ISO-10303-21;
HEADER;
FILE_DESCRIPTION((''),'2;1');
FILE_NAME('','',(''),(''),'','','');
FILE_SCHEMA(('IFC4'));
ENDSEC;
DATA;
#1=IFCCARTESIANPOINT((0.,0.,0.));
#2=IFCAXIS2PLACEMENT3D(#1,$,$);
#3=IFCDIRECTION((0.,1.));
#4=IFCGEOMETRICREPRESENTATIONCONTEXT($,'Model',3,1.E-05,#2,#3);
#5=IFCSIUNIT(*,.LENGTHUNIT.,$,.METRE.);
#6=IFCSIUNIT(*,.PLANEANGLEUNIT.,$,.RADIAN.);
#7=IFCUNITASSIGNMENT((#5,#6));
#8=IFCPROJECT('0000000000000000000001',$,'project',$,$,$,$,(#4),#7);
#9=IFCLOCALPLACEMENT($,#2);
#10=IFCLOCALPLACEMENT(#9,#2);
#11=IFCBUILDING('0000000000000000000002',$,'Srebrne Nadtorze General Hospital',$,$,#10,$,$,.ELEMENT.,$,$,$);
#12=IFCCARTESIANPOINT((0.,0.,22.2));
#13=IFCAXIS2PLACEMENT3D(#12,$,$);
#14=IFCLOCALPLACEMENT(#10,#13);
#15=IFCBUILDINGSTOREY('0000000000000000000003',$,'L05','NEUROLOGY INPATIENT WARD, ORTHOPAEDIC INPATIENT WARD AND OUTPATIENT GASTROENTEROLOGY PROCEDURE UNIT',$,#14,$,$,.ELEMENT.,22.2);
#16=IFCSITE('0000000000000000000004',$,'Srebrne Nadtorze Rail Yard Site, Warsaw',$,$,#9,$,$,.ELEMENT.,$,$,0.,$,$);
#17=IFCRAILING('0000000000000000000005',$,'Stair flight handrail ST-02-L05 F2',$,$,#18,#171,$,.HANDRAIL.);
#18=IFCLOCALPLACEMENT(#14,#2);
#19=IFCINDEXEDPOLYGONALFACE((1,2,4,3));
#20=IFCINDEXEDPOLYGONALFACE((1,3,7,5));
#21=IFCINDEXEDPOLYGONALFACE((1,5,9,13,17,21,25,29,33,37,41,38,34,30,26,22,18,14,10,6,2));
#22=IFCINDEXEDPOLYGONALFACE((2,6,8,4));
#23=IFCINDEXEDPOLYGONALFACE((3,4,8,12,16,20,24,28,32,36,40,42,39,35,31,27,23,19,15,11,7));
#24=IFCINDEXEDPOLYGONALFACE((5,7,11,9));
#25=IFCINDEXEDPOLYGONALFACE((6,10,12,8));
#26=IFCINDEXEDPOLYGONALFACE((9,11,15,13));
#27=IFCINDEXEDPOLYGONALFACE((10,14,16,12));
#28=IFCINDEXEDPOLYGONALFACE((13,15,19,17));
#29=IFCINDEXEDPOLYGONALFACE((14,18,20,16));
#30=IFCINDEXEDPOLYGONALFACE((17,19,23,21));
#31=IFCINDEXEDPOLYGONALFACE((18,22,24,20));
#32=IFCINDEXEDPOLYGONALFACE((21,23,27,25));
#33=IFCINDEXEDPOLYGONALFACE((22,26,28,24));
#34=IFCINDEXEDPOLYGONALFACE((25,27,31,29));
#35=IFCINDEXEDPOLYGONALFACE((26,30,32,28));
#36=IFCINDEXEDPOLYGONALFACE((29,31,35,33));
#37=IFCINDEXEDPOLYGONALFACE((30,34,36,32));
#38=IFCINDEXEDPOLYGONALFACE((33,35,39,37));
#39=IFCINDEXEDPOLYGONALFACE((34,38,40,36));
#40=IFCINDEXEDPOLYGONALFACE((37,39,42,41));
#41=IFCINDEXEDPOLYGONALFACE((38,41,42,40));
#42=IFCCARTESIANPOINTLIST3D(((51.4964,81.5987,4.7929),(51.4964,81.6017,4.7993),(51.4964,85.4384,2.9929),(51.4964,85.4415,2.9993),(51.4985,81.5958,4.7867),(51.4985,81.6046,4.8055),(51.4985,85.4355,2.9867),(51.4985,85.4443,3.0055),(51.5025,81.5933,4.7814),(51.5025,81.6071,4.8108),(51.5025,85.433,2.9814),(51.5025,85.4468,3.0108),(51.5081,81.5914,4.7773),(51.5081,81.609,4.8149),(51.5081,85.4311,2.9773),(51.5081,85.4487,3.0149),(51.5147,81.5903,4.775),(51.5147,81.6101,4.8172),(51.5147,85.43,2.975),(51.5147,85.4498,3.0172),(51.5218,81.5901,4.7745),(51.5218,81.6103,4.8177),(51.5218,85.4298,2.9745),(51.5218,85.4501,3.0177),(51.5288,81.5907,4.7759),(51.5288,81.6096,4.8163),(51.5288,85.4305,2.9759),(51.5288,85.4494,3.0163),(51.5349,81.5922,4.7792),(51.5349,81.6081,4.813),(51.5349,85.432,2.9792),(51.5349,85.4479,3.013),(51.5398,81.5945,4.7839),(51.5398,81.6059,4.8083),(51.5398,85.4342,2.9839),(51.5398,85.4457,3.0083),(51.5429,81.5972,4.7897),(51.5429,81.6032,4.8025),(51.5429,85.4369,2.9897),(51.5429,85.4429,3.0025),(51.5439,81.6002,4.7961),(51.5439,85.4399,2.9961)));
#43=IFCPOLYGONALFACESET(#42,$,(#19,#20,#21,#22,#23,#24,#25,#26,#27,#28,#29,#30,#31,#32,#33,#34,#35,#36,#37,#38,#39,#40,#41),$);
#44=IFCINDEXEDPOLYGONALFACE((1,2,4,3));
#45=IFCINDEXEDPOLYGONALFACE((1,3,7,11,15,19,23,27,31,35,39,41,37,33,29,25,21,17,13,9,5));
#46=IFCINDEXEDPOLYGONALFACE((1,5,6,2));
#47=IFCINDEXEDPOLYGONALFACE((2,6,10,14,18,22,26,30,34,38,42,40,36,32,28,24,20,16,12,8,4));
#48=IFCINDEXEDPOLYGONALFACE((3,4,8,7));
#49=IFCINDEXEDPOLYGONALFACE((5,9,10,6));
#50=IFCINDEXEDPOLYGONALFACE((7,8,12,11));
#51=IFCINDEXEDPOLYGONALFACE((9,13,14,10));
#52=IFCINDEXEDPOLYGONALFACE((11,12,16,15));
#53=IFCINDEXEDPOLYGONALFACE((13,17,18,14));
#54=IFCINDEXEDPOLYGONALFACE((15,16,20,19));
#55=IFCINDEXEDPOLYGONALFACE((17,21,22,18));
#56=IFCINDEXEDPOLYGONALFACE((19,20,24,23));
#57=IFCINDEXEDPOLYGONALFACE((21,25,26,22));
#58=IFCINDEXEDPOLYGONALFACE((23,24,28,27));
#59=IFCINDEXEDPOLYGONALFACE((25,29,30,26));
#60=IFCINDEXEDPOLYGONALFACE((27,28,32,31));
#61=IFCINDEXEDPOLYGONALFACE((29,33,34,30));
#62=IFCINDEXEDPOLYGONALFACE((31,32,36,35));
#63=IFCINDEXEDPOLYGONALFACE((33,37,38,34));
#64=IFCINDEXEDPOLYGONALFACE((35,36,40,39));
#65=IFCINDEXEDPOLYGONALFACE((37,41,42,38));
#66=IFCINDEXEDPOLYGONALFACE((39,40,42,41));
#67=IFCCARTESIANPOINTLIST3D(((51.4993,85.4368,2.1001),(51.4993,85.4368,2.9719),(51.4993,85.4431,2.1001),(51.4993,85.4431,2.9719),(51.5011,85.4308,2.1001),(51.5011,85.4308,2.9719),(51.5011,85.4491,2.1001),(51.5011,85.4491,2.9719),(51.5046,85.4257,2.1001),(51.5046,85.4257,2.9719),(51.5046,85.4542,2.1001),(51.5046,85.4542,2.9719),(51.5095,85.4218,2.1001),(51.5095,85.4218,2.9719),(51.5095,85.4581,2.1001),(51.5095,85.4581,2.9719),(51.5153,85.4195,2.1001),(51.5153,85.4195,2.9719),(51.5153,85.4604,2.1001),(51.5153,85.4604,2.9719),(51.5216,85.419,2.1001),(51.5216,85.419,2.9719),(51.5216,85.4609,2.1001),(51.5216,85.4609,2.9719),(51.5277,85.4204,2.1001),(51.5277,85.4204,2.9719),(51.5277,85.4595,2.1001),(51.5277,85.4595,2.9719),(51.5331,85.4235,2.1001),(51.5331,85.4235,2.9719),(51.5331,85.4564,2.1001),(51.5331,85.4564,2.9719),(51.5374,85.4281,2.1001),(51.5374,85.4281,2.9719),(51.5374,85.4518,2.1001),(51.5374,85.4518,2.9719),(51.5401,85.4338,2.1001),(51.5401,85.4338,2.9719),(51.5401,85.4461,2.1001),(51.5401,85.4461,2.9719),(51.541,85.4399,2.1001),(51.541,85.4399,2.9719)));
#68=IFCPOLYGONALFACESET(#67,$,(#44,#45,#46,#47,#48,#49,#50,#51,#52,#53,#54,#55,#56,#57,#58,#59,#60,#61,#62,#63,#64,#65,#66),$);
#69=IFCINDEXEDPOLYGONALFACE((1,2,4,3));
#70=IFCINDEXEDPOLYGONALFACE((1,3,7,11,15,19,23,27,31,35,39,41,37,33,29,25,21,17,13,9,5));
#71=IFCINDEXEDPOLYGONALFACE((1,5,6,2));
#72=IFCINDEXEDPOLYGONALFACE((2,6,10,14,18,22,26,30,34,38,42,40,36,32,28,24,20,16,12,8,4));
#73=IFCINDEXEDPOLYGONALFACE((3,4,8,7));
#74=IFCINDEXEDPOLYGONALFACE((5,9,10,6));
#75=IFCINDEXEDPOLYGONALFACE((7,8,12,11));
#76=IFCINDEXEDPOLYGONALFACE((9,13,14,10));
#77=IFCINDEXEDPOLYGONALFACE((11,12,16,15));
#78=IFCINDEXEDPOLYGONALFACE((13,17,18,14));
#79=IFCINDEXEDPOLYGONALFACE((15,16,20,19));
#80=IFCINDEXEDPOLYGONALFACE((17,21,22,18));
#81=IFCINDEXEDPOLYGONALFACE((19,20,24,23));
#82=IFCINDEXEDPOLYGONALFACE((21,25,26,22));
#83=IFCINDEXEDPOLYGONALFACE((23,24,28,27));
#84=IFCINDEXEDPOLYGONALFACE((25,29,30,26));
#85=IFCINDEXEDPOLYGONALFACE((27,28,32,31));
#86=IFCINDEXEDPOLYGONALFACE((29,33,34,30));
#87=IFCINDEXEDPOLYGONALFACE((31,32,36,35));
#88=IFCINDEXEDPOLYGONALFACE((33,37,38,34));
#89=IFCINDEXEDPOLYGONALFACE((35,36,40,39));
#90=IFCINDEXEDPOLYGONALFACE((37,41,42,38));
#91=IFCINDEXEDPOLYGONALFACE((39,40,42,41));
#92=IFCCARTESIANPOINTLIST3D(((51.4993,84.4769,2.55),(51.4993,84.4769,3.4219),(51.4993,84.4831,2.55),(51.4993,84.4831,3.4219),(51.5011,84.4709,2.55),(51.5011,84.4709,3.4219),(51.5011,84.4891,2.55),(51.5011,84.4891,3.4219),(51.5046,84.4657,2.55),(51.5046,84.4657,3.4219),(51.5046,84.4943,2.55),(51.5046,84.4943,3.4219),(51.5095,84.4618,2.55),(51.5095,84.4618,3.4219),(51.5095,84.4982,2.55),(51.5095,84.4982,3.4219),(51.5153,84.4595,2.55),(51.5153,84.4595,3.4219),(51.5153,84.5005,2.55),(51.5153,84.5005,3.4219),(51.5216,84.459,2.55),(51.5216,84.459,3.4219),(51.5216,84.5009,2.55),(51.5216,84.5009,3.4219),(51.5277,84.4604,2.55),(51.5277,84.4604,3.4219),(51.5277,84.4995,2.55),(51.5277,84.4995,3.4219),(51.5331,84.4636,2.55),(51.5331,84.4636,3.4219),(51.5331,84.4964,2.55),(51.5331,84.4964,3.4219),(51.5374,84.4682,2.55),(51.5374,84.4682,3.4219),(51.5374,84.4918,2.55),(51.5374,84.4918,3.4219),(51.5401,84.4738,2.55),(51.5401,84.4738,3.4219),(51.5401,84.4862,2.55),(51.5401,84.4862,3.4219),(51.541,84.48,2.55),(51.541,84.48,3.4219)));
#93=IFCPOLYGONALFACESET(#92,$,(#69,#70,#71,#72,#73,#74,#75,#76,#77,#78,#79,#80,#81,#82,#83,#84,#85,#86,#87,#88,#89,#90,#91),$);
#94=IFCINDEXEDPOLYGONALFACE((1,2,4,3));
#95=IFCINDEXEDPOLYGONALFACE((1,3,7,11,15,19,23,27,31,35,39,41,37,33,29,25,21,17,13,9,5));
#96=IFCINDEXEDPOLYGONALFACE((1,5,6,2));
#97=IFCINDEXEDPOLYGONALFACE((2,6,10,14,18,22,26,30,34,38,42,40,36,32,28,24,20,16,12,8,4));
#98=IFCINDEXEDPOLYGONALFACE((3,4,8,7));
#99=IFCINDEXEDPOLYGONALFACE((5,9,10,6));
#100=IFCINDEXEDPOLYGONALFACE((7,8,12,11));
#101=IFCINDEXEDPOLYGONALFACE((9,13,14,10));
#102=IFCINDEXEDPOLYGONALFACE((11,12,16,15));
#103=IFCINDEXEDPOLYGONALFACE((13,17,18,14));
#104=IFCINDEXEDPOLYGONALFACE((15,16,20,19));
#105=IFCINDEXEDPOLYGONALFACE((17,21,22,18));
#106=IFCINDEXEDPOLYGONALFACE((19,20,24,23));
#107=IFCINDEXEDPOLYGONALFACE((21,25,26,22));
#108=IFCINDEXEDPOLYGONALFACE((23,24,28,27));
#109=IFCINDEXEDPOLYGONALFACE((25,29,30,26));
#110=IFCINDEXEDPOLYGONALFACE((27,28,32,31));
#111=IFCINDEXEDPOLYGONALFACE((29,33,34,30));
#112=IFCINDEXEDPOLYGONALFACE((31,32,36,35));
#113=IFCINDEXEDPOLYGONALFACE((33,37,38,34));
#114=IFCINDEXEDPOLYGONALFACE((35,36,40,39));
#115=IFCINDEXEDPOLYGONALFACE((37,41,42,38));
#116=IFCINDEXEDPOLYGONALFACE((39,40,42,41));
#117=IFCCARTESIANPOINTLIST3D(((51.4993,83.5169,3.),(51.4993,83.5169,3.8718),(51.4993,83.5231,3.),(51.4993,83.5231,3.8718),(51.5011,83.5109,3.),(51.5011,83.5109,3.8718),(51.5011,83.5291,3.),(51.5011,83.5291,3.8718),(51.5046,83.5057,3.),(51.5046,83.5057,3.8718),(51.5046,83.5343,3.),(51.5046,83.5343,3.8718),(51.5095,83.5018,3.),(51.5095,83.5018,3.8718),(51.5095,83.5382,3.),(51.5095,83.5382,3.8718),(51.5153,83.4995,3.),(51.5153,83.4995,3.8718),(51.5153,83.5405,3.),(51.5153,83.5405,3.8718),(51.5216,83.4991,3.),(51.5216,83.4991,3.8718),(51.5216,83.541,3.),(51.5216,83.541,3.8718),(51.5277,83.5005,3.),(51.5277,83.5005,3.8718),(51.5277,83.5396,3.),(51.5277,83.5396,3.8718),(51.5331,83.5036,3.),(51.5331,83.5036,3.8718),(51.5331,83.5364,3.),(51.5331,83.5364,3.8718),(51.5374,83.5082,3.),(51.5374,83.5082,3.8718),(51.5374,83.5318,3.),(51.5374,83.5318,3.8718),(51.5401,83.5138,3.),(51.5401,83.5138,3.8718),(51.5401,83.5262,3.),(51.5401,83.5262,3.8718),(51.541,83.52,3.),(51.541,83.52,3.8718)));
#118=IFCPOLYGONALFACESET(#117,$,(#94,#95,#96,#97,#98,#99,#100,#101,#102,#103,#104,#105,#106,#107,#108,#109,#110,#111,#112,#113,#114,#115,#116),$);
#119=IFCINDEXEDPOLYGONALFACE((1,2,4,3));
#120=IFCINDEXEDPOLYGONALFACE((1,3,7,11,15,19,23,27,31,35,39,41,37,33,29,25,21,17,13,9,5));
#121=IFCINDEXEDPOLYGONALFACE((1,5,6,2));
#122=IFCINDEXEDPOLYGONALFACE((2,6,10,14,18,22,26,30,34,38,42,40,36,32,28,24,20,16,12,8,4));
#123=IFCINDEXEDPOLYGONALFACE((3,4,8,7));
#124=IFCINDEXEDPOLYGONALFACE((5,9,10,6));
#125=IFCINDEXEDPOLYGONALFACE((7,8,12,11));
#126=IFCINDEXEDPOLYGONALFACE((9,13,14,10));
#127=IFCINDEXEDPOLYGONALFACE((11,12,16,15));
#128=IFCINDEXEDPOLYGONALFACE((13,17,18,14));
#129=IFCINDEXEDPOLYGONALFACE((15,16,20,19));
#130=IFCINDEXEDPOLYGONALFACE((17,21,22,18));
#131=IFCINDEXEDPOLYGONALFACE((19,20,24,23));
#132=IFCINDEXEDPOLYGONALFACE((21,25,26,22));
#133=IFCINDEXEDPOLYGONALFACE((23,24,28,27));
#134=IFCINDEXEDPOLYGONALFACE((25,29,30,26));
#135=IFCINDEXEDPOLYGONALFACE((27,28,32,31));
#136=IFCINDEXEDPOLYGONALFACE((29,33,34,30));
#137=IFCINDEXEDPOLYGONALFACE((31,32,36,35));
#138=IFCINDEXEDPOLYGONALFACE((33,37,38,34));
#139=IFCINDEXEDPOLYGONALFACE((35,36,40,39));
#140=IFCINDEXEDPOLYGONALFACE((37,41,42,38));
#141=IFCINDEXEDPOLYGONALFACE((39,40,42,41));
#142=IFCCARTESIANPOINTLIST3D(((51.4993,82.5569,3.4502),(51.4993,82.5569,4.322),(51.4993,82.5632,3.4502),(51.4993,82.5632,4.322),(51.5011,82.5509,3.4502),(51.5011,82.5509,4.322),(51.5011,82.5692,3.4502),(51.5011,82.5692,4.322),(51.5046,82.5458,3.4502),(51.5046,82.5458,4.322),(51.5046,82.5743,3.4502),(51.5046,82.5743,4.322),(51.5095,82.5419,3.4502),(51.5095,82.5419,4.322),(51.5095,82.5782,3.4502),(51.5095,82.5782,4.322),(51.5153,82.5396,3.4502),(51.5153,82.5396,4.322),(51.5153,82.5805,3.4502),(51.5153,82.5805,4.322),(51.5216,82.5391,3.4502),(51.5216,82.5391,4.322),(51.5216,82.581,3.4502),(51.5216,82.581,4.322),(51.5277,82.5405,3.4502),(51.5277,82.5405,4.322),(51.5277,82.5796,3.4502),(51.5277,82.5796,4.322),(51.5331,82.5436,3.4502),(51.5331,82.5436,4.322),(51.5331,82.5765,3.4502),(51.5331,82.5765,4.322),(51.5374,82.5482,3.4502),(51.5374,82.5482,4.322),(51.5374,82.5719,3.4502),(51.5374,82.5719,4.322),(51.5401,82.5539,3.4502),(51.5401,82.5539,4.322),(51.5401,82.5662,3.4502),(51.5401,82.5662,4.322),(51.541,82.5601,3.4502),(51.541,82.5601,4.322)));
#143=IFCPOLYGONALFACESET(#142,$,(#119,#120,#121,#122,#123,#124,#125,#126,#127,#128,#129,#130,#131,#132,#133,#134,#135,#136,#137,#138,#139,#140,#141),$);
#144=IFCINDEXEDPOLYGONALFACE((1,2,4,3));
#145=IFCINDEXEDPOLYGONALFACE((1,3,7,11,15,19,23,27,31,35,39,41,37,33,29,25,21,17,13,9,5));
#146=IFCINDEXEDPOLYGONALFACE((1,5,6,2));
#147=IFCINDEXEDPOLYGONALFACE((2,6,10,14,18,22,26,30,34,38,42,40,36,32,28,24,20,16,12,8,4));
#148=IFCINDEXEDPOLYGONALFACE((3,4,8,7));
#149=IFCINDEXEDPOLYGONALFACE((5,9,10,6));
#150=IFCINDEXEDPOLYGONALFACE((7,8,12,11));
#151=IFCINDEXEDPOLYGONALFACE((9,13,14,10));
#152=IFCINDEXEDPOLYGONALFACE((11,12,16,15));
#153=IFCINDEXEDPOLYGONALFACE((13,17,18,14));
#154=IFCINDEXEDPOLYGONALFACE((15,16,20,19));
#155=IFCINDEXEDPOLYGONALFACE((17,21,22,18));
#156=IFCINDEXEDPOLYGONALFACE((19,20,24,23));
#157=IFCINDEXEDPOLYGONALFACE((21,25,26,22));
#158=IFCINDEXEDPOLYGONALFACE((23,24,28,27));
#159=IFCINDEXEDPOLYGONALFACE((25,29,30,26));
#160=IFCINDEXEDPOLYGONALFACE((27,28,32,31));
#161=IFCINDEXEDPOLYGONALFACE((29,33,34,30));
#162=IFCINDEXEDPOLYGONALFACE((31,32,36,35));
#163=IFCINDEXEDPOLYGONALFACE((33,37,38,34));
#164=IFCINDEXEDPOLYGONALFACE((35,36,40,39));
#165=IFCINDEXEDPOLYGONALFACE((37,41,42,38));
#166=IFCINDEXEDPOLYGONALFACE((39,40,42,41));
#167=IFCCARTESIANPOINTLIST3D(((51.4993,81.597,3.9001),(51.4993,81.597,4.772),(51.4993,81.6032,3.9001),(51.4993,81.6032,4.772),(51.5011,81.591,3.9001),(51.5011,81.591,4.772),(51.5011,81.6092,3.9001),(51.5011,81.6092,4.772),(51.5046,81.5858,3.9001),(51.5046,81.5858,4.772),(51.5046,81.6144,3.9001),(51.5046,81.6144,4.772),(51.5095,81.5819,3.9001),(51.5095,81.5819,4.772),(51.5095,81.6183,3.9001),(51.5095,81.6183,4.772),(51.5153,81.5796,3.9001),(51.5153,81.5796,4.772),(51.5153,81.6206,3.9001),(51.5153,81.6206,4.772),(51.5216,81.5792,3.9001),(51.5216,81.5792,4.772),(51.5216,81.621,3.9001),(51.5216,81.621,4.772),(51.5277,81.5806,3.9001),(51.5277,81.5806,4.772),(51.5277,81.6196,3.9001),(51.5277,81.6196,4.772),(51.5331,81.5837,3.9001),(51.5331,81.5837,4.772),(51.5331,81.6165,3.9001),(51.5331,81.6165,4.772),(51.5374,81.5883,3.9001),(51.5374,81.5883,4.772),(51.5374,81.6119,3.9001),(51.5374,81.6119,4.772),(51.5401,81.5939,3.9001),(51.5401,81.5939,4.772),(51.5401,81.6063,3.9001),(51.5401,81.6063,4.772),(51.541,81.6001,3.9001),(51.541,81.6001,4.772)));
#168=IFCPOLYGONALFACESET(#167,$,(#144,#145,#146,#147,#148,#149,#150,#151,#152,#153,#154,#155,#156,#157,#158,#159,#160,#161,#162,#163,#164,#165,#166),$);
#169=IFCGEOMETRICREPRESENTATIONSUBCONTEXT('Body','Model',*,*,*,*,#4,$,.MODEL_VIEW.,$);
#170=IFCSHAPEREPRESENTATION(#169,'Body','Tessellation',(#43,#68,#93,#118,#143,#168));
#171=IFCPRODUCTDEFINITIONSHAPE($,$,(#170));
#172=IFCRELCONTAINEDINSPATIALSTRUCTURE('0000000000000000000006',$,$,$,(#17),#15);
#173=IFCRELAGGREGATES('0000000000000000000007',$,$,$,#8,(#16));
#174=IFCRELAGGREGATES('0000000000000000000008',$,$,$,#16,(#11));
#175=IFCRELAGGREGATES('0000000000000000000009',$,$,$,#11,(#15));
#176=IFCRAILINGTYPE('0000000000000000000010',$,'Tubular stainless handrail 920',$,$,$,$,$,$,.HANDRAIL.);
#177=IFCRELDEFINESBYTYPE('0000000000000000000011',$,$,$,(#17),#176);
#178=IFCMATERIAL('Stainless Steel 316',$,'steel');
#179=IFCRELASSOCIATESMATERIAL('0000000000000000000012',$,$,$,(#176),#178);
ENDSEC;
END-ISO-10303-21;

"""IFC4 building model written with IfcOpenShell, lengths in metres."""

from ifc_helpers import new_model, si_unit, direction, frame, origin, origin_2d, place, context, subcontext, project, spatial, circle, extrude, material, type_object, element, save


model = new_model("IFC4")

# Units and contexts
model_context = context("Model", 3, precision=1e-05, world=origin(), true_north=direction((0.0, 1.0)))
body_context = subcontext(model_context, "Body", "Model", "MODEL_VIEW")
ifc_project = project(units=[si_unit("LENGTHUNIT", "METRE"), si_unit("PLANEANGLEUNIT", "RADIAN")], contexts=[model_context])

# Site, building, storey
site_placement = place(None, origin())
site = spatial("IfcSite", under=ifc_project, at=site_placement, Name="Srebrne Nadtorze Rail Yard Site, Warsaw", CompositionType="ELEMENT", RefElevation=0.0)
building_placement = place(site_placement, origin())
building = spatial("IfcBuilding", under=site, at=building_placement, Name="Srebrne Nadtorze General Hospital", CompositionType="ELEMENT")
storey_placement = place(building_placement, frame((0.0, 0.0, 22.2)))
storey = spatial("IfcBuildingStorey", under=building, at=storey_placement, Name="L05", Description="NEUROLOGY INPATIENT WARD, ORTHOPAEDIC INPATIENT WARD AND OUTPATIENT GASTROENTEROLOGY PROCEDURE UNIT", CompositionType="ELEMENT", Elevation=22.2)

# Railing
ifc_material_1 = material(Name="Stainless Steel 316", Category="steel")
railing_type_1 = type_object("IfcRailingType", Name="Tubular stainless handrail 920", PredefinedType="HANDRAIL", material=ifc_material_1)
railing_1_placement = place(storey_placement, frame((51.52, 85.4399, 2.1001)))
element("IfcRailing", 1, at=railing_1_placement, inside=storey, type_object=railing_type_1, Name="Stair flight handrail ST-02-L05 F2", PredefinedType="HANDRAIL", context=body_context, shape_type="SweptSolid", body=[
    extrude(circle(Radius=0.0239, at=origin_2d()), frame((0.0, 0.0, 0.896), z_axis=(0.0, -0.905448, 0.424457), x_axis=(1.0, 0.0, 0.0)), (0.0, 0.0, 1.0), 4.2407),
    extrude(circle(Radius=0.021, at=origin_2d()), origin(), (0.0, 0.0, 1.0), 0.8718),
    extrude(circle(Radius=0.021, at=origin_2d()), frame((0.0, -0.96, 0.45)), (0.0, 0.0, 1.0), 0.8718),
    extrude(circle(Radius=0.021, at=origin_2d()), frame((0.0, -1.9199, 0.8999)), (0.0, 0.0, 1.0), 0.8718),
    extrude(circle(Radius=0.021, at=origin_2d()), frame((0.0, -2.8799, 1.3501)), (0.0, 0.0, 1.0), 0.8718),
    extrude(circle(Radius=0.021, at=origin_2d()), frame((0.0, -3.8398, 1.8)), (0.0, 0.0, 1.0), 0.8718),
])

save(model, "model.ifc")
